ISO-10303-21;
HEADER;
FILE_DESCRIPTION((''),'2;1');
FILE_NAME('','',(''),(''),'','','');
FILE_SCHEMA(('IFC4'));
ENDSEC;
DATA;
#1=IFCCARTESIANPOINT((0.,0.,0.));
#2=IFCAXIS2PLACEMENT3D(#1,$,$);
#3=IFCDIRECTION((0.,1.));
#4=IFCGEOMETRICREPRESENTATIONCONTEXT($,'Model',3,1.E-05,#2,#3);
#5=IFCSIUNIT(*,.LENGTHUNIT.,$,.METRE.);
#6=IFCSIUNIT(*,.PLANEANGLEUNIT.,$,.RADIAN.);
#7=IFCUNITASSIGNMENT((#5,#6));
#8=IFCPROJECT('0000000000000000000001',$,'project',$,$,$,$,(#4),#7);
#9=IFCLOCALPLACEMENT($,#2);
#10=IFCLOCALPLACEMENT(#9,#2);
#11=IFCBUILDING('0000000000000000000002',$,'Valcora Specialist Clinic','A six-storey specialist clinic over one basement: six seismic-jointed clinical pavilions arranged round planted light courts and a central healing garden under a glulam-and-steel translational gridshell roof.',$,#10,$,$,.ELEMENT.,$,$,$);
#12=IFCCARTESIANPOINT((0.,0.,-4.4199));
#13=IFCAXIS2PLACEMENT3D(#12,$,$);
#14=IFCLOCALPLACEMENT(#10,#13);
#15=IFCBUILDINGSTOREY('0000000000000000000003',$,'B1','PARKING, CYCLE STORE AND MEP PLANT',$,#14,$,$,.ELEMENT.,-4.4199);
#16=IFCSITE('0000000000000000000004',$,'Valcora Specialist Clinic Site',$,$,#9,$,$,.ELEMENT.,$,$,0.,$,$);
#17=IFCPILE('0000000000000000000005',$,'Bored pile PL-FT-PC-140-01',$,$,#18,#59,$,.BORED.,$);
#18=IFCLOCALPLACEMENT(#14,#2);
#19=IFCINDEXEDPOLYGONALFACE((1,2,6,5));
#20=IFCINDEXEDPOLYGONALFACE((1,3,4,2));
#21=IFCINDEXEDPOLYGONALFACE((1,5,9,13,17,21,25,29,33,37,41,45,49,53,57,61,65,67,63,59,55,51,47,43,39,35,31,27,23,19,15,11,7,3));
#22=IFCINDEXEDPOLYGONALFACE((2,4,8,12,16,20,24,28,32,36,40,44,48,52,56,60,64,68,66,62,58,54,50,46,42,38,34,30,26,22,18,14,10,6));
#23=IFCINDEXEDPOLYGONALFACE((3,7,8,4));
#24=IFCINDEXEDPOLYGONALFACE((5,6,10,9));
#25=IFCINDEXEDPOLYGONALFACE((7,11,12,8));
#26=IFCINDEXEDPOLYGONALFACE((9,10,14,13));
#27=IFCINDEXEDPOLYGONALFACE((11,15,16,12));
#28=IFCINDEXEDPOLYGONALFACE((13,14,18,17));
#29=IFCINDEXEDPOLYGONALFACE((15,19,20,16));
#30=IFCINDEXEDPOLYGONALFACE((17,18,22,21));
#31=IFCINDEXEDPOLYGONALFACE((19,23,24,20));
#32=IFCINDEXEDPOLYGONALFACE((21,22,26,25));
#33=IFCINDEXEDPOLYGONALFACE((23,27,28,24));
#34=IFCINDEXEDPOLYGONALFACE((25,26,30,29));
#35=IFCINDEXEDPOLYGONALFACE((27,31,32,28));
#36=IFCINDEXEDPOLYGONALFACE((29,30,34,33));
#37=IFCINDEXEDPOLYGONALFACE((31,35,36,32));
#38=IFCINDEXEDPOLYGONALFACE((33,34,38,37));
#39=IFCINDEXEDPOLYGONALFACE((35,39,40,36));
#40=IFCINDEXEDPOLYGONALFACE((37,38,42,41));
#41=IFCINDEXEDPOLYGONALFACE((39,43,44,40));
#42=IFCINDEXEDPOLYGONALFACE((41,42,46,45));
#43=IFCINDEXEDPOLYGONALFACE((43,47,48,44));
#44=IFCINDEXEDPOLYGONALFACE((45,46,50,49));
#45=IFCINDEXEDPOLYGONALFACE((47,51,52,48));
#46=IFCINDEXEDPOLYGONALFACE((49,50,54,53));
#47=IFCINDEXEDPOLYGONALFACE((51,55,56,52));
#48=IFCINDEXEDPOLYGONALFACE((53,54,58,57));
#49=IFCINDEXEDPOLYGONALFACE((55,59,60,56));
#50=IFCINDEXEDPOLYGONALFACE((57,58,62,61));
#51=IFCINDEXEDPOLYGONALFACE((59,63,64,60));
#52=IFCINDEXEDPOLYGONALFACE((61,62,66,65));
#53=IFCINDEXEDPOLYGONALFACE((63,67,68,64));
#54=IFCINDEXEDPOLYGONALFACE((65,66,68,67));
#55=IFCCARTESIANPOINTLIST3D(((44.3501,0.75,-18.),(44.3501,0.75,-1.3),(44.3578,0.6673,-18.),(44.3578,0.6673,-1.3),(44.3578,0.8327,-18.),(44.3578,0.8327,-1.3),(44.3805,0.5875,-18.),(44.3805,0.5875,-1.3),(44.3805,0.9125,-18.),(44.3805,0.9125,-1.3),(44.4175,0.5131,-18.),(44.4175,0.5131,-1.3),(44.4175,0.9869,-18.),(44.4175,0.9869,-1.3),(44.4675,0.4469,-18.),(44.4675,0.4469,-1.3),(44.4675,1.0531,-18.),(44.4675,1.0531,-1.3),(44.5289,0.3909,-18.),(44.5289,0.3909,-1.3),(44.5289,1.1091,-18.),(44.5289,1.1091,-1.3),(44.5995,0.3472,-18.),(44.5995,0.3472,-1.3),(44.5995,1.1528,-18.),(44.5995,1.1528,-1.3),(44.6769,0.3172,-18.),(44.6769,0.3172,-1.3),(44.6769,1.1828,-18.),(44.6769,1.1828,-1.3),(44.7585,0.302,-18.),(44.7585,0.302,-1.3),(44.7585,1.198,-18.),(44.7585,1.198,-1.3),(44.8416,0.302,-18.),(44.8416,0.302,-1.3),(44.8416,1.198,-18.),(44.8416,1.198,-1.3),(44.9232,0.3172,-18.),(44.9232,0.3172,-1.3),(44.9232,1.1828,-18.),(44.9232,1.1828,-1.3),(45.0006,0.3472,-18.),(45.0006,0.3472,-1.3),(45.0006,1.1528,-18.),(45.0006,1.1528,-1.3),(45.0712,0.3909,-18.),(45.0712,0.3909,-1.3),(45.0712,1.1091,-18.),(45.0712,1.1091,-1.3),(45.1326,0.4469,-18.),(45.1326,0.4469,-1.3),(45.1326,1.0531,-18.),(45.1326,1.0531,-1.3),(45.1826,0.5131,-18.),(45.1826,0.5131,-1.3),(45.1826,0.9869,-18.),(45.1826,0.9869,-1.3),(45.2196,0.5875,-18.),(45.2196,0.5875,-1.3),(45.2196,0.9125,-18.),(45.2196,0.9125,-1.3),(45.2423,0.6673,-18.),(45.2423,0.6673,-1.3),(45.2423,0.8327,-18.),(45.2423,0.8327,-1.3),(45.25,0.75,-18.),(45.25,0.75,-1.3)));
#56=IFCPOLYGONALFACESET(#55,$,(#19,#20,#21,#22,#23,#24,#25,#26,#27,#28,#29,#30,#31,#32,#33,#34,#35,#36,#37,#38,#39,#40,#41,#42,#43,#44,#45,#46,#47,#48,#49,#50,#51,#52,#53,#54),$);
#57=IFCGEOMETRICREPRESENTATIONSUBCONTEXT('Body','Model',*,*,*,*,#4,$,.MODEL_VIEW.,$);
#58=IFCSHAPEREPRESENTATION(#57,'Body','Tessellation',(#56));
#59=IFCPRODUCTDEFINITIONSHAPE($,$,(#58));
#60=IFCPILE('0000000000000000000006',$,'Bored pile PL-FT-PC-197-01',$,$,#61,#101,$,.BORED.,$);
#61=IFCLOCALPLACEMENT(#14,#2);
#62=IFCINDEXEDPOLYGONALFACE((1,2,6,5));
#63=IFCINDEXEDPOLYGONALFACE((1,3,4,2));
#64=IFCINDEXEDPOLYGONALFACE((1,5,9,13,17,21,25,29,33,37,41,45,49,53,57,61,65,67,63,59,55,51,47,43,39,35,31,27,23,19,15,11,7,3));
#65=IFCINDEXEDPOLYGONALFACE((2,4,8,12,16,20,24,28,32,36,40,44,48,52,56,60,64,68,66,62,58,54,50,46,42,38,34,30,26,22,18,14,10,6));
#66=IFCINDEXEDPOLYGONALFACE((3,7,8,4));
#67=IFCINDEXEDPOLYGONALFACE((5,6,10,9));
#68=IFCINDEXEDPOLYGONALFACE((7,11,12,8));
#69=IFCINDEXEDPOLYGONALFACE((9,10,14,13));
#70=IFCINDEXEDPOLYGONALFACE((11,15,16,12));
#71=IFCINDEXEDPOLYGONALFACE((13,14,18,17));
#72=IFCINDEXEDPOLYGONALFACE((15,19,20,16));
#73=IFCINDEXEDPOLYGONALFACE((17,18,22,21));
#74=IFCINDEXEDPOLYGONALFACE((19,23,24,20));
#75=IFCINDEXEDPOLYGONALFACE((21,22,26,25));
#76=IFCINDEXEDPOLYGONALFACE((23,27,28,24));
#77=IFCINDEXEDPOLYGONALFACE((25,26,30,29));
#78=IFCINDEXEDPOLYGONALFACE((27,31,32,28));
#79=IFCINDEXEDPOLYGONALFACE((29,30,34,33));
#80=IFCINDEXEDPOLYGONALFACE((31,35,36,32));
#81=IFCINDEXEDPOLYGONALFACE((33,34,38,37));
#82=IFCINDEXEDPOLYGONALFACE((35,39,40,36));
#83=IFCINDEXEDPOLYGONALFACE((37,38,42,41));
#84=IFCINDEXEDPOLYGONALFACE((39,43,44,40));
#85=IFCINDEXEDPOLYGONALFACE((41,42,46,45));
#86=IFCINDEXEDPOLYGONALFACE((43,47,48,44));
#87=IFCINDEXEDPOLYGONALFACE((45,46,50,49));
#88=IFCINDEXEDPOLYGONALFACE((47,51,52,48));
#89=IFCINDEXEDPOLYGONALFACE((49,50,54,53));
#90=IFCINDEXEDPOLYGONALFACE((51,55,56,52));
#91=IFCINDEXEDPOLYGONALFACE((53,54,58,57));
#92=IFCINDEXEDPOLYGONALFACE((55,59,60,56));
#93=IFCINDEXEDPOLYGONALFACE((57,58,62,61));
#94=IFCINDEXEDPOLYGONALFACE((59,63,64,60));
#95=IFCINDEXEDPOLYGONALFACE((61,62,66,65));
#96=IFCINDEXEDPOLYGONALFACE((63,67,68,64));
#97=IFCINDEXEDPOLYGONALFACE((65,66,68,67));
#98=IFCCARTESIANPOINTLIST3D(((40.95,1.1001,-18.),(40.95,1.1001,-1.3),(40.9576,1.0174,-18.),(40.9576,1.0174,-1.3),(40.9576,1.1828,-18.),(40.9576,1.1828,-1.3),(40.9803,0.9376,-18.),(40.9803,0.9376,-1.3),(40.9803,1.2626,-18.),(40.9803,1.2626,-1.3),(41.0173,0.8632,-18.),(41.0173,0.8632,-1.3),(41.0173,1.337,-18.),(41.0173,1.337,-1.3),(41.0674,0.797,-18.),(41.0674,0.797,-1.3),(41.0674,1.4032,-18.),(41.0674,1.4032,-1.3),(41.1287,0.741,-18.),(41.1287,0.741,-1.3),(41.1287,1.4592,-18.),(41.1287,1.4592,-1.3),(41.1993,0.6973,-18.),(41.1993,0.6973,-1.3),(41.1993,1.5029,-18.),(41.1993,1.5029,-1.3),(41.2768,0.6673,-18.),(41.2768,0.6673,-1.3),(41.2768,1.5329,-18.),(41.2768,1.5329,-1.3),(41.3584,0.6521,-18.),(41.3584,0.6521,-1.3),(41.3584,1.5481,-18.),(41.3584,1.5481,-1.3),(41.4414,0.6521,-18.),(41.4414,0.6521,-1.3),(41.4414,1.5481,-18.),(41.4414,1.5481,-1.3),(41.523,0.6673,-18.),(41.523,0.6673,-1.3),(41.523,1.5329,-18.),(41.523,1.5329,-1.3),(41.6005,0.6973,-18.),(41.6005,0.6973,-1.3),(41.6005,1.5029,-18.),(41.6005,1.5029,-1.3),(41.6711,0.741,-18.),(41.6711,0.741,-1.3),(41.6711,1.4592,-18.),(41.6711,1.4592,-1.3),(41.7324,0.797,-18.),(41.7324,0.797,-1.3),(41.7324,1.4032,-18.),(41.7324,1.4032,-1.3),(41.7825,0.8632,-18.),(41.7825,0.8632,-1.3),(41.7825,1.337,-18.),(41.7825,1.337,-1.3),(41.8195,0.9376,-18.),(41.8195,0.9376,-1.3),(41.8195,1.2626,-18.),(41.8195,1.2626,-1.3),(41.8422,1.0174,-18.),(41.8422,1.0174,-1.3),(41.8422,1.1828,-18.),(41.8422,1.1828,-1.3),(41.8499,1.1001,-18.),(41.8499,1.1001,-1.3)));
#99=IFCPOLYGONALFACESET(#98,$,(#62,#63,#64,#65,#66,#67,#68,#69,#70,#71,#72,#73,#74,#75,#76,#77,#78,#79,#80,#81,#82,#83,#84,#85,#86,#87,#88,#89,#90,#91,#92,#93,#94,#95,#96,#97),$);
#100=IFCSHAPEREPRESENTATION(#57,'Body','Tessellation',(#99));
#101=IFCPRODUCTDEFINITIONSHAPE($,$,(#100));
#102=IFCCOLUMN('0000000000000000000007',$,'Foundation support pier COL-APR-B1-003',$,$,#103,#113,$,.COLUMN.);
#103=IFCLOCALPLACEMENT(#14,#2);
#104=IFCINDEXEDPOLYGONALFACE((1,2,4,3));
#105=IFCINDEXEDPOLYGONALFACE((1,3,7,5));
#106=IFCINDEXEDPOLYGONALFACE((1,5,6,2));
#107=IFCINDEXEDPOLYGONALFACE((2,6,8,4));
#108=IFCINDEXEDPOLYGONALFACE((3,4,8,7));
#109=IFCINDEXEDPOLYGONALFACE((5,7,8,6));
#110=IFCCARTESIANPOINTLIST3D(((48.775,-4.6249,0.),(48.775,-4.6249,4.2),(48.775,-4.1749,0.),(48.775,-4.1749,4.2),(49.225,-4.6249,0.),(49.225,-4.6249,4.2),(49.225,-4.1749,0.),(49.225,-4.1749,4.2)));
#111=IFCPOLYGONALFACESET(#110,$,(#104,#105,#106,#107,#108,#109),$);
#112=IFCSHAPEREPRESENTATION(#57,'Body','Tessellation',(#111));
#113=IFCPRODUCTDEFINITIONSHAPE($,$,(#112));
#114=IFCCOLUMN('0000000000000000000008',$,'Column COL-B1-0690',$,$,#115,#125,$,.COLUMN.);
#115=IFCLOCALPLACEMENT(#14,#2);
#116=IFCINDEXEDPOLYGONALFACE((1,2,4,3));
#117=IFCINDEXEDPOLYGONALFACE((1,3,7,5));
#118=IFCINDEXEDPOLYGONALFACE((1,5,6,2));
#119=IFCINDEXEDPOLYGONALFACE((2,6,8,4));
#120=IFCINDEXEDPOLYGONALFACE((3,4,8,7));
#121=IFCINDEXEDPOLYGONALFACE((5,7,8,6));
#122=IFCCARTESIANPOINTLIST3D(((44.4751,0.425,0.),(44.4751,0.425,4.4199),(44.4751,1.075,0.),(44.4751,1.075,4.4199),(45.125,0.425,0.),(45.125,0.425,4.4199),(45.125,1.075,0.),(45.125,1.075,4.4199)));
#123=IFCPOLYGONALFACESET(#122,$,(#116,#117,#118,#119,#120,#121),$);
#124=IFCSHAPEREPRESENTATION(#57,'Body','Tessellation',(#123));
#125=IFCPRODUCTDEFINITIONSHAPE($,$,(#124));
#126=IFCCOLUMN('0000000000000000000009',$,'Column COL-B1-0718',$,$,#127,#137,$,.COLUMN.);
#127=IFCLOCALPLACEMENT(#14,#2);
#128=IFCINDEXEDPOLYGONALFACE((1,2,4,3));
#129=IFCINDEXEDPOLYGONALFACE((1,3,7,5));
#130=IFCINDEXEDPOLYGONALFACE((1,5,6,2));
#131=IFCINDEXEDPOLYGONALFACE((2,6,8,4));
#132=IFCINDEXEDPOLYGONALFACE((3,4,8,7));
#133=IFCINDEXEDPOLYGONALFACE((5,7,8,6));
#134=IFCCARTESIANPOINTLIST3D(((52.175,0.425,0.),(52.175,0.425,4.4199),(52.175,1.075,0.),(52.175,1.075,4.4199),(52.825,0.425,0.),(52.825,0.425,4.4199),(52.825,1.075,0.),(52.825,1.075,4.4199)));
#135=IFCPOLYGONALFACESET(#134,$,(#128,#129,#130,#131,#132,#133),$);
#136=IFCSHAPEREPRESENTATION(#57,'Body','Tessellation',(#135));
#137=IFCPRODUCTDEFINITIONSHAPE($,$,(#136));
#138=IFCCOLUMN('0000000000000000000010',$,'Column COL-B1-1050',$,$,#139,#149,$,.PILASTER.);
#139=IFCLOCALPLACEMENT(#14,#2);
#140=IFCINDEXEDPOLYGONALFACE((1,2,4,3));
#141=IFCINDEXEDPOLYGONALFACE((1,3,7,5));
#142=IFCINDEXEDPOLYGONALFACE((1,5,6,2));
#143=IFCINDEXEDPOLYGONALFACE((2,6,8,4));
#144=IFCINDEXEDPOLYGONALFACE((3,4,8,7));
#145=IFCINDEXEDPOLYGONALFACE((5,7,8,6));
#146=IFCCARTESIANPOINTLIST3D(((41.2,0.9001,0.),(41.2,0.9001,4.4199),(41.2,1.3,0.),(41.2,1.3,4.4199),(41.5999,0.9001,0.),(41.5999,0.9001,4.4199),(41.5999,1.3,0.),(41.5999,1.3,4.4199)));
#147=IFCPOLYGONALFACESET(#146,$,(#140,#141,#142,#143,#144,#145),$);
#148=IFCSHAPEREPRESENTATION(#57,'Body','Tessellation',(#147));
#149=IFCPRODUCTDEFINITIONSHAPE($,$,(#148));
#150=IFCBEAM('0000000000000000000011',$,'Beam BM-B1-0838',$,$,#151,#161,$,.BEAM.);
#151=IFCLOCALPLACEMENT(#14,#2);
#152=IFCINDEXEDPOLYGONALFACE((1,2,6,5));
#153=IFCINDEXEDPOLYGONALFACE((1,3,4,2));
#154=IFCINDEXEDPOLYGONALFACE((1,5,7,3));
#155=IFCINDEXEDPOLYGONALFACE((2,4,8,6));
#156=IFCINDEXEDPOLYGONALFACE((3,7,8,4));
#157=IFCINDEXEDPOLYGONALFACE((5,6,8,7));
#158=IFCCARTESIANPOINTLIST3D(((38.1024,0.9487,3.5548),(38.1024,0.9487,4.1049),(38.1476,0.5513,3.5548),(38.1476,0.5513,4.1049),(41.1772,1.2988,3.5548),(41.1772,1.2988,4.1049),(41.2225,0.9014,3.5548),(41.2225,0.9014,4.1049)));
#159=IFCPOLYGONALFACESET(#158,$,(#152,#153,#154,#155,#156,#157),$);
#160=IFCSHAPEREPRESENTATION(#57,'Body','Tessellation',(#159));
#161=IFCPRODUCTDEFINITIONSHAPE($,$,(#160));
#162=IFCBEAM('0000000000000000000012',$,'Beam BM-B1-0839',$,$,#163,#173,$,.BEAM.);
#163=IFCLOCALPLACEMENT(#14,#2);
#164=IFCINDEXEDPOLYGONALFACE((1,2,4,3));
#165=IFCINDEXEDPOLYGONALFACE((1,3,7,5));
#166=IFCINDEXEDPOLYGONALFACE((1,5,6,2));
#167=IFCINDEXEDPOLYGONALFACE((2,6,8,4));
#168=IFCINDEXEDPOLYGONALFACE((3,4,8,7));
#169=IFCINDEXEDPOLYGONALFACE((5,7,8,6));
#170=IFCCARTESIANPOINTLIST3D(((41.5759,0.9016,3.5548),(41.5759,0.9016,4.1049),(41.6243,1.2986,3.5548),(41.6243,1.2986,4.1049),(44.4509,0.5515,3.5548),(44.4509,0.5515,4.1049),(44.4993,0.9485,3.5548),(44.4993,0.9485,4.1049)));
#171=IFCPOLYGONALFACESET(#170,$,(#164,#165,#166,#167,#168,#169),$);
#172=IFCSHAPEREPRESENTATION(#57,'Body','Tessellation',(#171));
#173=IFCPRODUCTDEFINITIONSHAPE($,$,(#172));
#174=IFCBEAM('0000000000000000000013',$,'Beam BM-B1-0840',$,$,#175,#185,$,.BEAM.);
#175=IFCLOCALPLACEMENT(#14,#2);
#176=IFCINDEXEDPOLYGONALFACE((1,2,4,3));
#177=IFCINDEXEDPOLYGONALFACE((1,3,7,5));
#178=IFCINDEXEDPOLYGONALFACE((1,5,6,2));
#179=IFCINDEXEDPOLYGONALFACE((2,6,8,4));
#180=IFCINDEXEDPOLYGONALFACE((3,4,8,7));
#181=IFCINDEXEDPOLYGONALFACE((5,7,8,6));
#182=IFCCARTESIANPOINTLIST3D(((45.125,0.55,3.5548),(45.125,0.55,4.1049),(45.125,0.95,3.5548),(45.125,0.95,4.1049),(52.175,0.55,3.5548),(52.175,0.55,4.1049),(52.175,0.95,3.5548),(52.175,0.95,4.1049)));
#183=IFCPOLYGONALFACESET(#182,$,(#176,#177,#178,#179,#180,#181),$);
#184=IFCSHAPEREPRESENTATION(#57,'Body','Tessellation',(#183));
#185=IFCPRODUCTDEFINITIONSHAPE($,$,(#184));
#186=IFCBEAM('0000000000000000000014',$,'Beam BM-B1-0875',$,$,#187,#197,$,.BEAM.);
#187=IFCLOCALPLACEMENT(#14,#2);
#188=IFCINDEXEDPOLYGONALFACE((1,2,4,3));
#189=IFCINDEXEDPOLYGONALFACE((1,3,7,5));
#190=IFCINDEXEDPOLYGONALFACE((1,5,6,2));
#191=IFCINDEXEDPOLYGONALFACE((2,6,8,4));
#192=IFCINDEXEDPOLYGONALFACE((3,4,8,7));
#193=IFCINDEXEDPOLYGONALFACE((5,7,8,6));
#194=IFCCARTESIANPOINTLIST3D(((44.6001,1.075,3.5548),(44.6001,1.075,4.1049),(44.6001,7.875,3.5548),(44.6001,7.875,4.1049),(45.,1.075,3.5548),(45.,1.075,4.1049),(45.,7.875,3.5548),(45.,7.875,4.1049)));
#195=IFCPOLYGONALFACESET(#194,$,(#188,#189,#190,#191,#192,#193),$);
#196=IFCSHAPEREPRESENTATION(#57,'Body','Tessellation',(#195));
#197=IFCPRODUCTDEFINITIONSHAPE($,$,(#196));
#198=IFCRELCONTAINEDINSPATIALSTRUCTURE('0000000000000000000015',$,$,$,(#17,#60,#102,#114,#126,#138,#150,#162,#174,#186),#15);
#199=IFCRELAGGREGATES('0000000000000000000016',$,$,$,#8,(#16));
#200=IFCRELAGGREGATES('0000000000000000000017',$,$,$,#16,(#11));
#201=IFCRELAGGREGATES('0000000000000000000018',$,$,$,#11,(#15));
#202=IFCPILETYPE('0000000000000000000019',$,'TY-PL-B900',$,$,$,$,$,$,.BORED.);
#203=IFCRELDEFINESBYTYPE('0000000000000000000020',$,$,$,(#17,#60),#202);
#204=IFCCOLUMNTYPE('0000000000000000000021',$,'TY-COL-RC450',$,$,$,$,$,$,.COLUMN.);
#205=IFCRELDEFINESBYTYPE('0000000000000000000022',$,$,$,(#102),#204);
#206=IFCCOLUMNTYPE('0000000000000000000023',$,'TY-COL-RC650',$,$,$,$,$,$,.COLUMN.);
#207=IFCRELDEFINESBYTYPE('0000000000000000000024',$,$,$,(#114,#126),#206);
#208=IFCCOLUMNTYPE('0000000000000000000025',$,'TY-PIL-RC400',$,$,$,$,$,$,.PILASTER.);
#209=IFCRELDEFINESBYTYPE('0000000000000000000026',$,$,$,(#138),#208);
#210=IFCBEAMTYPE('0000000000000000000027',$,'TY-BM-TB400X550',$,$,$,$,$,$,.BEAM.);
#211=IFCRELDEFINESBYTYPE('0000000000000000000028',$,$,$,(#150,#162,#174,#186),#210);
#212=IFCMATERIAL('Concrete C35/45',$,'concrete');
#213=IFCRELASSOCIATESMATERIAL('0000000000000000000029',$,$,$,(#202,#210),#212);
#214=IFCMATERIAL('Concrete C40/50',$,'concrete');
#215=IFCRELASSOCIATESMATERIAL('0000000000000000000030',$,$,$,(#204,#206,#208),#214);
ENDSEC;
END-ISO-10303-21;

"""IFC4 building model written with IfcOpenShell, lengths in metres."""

from ifc_helpers import new_model, si_unit, direction, frame, origin, origin_2d, place, context, subcontext, project, spatial, rectangle, circle, extrude, material, material_profile, profile_set, type_object, element, save


model = new_model("IFC4")

# Units and contexts
model_context = context("Model", 3, precision=1e-05, world=origin(), true_north=direction((0.0, 1.0)))
body_context = subcontext(model_context, "Body", "Model", "MODEL_VIEW")
ifc_project = project(units=[si_unit("LENGTHUNIT", "METRE"), si_unit("PLANEANGLEUNIT", "RADIAN")], contexts=[model_context])

# Site, building, storey
site_placement = place(None, origin())
site = spatial("IfcSite", under=ifc_project, at=site_placement, Name="Valcora Specialist Clinic Site", CompositionType="ELEMENT", RefElevation=0.0)
building_placement = place(site_placement, origin())
building = spatial("IfcBuilding", under=site, at=building_placement, Name="Valcora Specialist Clinic", Description="A six-storey specialist clinic over one basement: six seismic-jointed clinical pavilions arranged round planted light courts and a central healing garden under a glulam-and-steel translational gridshell roof.", CompositionType="ELEMENT")
storey_placement = place(building_placement, frame((0.0, 0.0, -4.4199)))
storey = spatial("IfcBuildingStorey", under=building, at=storey_placement, Name="B1", Description="PARKING, CYCLE STORE AND MEP PLANT", CompositionType="ELEMENT", Elevation=-4.4199)

# Shared definitions
ifc_material_1 = material(Name="Concrete C35/45", Category="concrete")

# Piles
ifc_material_profile_1 = material_profile(ifc_material_1, circle(Radius=0.45, at=origin_2d()), Name="RC-PIL-D900")
ifc_profile_set_1 = profile_set([ifc_material_profile_1], Name="Concrete C35/45")
pile_type_1 = type_object("IfcPileType", Name="TY-PL-B900", PredefinedType="BORED", material=ifc_profile_set_1)
for number, where, z_axis, x_axis, name in (
    (1, (44.8, 0.75, -1.3), (0.0, 0.0, -1.0), (1.0, 0.0, 0.0), "Bored pile PL-FT-PC-140-01"),
    (2, (41.3999, 1.1001, -1.3), (0.0, 0.0, -1.0), (1.0, 0.0, 0.0), "Bored pile PL-FT-PC-197-01"),
):
    element("IfcPile", number, at=place(storey_placement, frame(where, z_axis=z_axis, x_axis=x_axis)), inside=storey, type_object=pile_type_1, Name=name, PredefinedType="BORED", context=body_context, shape_type="SweptSolid", body=[
        extrude(circle(Radius=0.45, at=origin_2d()), origin(), (0.0, 0.0, 1.0), 16.7),
    ])

# Columns
ifc_material_2 = material(Name="Concrete C40/50", Category="concrete")
ifc_material_profile_2 = material_profile(ifc_material_2, rectangle(XDim=0.45, YDim=0.45, at=origin_2d()), Name="RC-COL-450X450")
ifc_profile_set_2 = profile_set([ifc_material_profile_2], Name="Concrete C40/50")
column_type_1 = type_object("IfcColumnType", Name="TY-COL-RC450", PredefinedType="COLUMN", material=ifc_profile_set_2)
column_1_placement = place(storey_placement, frame((49.0, -4.3999, 0.0), z_axis=(0.0, 0.0, 1.0), x_axis=(1.0, 0.0, 0.0)))
element("IfcColumn", 3, at=column_1_placement, inside=storey, type_object=column_type_1, Name="Foundation support pier COL-APR-B1-003", PredefinedType="COLUMN", context=body_context, shape_type="SweptSolid", body=[
    extrude(rectangle(XDim=0.45, YDim=0.45, at=origin_2d()), origin(), (0.0, 0.0, 1.0), 4.2),
])
ifc_material_profile_3 = material_profile(ifc_material_2, rectangle(XDim=0.6499, YDim=0.6499, at=origin_2d()), Name="RC-COL-650X650")
ifc_profile_set_3 = profile_set([ifc_material_profile_3], Name="Concrete C40/50")
column_type_2 = type_object("IfcColumnType", Name="TY-COL-RC650", PredefinedType="COLUMN", material=ifc_profile_set_3)
for number, where, z_axis, x_axis, name in (
    (4, (44.8, 0.75, 0.0), (0.0, 0.0, 1.0), (1.0, 0.0, 0.0), "Column COL-B1-0690"),
    (5, (52.5, 0.75, 0.0), (0.0, 0.0, 1.0), (1.0, 0.0, 0.0), "Column COL-B1-0718"),
):
    element("IfcColumn", number, at=place(storey_placement, frame(where, z_axis=z_axis, x_axis=x_axis)), inside=storey, type_object=column_type_2, Name=name, PredefinedType="COLUMN", context=body_context, shape_type="SweptSolid", body=[
        extrude(rectangle(XDim=0.6499, YDim=0.6499, at=origin_2d()), origin(), (0.0, 0.0, 1.0), 4.4199),
    ])
ifc_material_profile_4 = material_profile(ifc_material_2, rectangle(XDim=0.3999, YDim=0.3999, at=origin_2d()), Name="RC-COL-400X400")
ifc_profile_set_4 = profile_set([ifc_material_profile_4], Name="Concrete C40/50")
column_type_3 = type_object("IfcColumnType", Name="TY-PIL-RC400", PredefinedType="PILASTER", material=ifc_profile_set_4)
column_2_placement = place(storey_placement, frame((41.3999, 1.1001, 0.0), z_axis=(0.0, 0.0, 1.0), x_axis=(1.0, 0.0, 0.0)))
element("IfcColumn", 6, at=column_2_placement, inside=storey, type_object=column_type_3, Name="Column COL-B1-1050", PredefinedType="PILASTER", context=body_context, shape_type="SweptSolid", body=[
    extrude(rectangle(XDim=0.3999, YDim=0.3999, at=origin_2d()), origin(), (0.0, 0.0, 1.0), 4.4199),
])

# Beams
ifc_material_profile_5 = material_profile(ifc_material_1, rectangle(XDim=0.3999, YDim=0.55, at=origin_2d()), Name="RC-TB-400X550")
ifc_profile_set_5 = profile_set([ifc_material_profile_5], Name="Concrete C35/45")
beam_type = type_object("IfcBeamType", Name="TY-BM-TB400X550", PredefinedType="BEAM", material=ifc_profile_set_5)
beam_1_placement = place(storey_placement, frame((38.125, 0.75, 3.8298), z_axis=(0.993581, 0.113124, 0.0), x_axis=(-0.113124, 0.993581, 0.0)))
element("IfcBeam", 7, at=beam_1_placement, inside=storey, type_object=beam_type, Name="Beam BM-B1-0838", PredefinedType="BEAM", context=body_context, shape_type="SweptSolid", body=[
    extrude(rectangle(XDim=0.3999, YDim=0.55, at=origin_2d()), origin(), (0.0, 0.0, 1.0), 3.0947),
])
beam_2_placement = place(storey_placement, frame((41.6001, 1.1001, 3.8298), z_axis=(0.992667, -0.12088, 0.0), x_axis=(0.12088, 0.992667, 0.0)))
element("IfcBeam", 8, at=beam_2_placement, inside=storey, type_object=beam_type, Name="Beam BM-B1-0839", PredefinedType="BEAM", context=body_context, shape_type="SweptSolid", body=[
    extrude(rectangle(XDim=0.3999, YDim=0.55, at=origin_2d()), origin(), (0.0, 0.0, 1.0), 2.8962),
])
beam_3_placement = place(storey_placement, frame((45.125, 0.75, 3.8298), z_axis=(1.0, 0.0, 0.0), x_axis=(0.0, 1.0, 0.0)))
element("IfcBeam", 9, at=beam_3_placement, inside=storey, type_object=beam_type, Name="Beam BM-B1-0840", PredefinedType="BEAM", context=body_context, shape_type="SweptSolid", body=[
    extrude(rectangle(XDim=0.3999, YDim=0.55, at=origin_2d()), origin(), (0.0, 0.0, 1.0), 7.05),
])
for number, where, z_axis, x_axis, name in (
    (10, (44.8, 1.075, 3.8298), (0.0, 1.0, 0.0), (-1.0, 0.0, 0.0), "Beam BM-B1-0875"),
):
    element("IfcBeam", number, at=place(storey_placement, frame(where, z_axis=z_axis, x_axis=x_axis)), inside=storey, type_object=beam_type, Name=name, PredefinedType="BEAM", context=body_context, shape_type="SweptSolid", body=[
        extrude(rectangle(XDim=0.3999, YDim=0.55, at=origin_2d()), origin(), (0.0, 0.0, 1.0), 6.8),
    ])

save(model, "model.ifc")
